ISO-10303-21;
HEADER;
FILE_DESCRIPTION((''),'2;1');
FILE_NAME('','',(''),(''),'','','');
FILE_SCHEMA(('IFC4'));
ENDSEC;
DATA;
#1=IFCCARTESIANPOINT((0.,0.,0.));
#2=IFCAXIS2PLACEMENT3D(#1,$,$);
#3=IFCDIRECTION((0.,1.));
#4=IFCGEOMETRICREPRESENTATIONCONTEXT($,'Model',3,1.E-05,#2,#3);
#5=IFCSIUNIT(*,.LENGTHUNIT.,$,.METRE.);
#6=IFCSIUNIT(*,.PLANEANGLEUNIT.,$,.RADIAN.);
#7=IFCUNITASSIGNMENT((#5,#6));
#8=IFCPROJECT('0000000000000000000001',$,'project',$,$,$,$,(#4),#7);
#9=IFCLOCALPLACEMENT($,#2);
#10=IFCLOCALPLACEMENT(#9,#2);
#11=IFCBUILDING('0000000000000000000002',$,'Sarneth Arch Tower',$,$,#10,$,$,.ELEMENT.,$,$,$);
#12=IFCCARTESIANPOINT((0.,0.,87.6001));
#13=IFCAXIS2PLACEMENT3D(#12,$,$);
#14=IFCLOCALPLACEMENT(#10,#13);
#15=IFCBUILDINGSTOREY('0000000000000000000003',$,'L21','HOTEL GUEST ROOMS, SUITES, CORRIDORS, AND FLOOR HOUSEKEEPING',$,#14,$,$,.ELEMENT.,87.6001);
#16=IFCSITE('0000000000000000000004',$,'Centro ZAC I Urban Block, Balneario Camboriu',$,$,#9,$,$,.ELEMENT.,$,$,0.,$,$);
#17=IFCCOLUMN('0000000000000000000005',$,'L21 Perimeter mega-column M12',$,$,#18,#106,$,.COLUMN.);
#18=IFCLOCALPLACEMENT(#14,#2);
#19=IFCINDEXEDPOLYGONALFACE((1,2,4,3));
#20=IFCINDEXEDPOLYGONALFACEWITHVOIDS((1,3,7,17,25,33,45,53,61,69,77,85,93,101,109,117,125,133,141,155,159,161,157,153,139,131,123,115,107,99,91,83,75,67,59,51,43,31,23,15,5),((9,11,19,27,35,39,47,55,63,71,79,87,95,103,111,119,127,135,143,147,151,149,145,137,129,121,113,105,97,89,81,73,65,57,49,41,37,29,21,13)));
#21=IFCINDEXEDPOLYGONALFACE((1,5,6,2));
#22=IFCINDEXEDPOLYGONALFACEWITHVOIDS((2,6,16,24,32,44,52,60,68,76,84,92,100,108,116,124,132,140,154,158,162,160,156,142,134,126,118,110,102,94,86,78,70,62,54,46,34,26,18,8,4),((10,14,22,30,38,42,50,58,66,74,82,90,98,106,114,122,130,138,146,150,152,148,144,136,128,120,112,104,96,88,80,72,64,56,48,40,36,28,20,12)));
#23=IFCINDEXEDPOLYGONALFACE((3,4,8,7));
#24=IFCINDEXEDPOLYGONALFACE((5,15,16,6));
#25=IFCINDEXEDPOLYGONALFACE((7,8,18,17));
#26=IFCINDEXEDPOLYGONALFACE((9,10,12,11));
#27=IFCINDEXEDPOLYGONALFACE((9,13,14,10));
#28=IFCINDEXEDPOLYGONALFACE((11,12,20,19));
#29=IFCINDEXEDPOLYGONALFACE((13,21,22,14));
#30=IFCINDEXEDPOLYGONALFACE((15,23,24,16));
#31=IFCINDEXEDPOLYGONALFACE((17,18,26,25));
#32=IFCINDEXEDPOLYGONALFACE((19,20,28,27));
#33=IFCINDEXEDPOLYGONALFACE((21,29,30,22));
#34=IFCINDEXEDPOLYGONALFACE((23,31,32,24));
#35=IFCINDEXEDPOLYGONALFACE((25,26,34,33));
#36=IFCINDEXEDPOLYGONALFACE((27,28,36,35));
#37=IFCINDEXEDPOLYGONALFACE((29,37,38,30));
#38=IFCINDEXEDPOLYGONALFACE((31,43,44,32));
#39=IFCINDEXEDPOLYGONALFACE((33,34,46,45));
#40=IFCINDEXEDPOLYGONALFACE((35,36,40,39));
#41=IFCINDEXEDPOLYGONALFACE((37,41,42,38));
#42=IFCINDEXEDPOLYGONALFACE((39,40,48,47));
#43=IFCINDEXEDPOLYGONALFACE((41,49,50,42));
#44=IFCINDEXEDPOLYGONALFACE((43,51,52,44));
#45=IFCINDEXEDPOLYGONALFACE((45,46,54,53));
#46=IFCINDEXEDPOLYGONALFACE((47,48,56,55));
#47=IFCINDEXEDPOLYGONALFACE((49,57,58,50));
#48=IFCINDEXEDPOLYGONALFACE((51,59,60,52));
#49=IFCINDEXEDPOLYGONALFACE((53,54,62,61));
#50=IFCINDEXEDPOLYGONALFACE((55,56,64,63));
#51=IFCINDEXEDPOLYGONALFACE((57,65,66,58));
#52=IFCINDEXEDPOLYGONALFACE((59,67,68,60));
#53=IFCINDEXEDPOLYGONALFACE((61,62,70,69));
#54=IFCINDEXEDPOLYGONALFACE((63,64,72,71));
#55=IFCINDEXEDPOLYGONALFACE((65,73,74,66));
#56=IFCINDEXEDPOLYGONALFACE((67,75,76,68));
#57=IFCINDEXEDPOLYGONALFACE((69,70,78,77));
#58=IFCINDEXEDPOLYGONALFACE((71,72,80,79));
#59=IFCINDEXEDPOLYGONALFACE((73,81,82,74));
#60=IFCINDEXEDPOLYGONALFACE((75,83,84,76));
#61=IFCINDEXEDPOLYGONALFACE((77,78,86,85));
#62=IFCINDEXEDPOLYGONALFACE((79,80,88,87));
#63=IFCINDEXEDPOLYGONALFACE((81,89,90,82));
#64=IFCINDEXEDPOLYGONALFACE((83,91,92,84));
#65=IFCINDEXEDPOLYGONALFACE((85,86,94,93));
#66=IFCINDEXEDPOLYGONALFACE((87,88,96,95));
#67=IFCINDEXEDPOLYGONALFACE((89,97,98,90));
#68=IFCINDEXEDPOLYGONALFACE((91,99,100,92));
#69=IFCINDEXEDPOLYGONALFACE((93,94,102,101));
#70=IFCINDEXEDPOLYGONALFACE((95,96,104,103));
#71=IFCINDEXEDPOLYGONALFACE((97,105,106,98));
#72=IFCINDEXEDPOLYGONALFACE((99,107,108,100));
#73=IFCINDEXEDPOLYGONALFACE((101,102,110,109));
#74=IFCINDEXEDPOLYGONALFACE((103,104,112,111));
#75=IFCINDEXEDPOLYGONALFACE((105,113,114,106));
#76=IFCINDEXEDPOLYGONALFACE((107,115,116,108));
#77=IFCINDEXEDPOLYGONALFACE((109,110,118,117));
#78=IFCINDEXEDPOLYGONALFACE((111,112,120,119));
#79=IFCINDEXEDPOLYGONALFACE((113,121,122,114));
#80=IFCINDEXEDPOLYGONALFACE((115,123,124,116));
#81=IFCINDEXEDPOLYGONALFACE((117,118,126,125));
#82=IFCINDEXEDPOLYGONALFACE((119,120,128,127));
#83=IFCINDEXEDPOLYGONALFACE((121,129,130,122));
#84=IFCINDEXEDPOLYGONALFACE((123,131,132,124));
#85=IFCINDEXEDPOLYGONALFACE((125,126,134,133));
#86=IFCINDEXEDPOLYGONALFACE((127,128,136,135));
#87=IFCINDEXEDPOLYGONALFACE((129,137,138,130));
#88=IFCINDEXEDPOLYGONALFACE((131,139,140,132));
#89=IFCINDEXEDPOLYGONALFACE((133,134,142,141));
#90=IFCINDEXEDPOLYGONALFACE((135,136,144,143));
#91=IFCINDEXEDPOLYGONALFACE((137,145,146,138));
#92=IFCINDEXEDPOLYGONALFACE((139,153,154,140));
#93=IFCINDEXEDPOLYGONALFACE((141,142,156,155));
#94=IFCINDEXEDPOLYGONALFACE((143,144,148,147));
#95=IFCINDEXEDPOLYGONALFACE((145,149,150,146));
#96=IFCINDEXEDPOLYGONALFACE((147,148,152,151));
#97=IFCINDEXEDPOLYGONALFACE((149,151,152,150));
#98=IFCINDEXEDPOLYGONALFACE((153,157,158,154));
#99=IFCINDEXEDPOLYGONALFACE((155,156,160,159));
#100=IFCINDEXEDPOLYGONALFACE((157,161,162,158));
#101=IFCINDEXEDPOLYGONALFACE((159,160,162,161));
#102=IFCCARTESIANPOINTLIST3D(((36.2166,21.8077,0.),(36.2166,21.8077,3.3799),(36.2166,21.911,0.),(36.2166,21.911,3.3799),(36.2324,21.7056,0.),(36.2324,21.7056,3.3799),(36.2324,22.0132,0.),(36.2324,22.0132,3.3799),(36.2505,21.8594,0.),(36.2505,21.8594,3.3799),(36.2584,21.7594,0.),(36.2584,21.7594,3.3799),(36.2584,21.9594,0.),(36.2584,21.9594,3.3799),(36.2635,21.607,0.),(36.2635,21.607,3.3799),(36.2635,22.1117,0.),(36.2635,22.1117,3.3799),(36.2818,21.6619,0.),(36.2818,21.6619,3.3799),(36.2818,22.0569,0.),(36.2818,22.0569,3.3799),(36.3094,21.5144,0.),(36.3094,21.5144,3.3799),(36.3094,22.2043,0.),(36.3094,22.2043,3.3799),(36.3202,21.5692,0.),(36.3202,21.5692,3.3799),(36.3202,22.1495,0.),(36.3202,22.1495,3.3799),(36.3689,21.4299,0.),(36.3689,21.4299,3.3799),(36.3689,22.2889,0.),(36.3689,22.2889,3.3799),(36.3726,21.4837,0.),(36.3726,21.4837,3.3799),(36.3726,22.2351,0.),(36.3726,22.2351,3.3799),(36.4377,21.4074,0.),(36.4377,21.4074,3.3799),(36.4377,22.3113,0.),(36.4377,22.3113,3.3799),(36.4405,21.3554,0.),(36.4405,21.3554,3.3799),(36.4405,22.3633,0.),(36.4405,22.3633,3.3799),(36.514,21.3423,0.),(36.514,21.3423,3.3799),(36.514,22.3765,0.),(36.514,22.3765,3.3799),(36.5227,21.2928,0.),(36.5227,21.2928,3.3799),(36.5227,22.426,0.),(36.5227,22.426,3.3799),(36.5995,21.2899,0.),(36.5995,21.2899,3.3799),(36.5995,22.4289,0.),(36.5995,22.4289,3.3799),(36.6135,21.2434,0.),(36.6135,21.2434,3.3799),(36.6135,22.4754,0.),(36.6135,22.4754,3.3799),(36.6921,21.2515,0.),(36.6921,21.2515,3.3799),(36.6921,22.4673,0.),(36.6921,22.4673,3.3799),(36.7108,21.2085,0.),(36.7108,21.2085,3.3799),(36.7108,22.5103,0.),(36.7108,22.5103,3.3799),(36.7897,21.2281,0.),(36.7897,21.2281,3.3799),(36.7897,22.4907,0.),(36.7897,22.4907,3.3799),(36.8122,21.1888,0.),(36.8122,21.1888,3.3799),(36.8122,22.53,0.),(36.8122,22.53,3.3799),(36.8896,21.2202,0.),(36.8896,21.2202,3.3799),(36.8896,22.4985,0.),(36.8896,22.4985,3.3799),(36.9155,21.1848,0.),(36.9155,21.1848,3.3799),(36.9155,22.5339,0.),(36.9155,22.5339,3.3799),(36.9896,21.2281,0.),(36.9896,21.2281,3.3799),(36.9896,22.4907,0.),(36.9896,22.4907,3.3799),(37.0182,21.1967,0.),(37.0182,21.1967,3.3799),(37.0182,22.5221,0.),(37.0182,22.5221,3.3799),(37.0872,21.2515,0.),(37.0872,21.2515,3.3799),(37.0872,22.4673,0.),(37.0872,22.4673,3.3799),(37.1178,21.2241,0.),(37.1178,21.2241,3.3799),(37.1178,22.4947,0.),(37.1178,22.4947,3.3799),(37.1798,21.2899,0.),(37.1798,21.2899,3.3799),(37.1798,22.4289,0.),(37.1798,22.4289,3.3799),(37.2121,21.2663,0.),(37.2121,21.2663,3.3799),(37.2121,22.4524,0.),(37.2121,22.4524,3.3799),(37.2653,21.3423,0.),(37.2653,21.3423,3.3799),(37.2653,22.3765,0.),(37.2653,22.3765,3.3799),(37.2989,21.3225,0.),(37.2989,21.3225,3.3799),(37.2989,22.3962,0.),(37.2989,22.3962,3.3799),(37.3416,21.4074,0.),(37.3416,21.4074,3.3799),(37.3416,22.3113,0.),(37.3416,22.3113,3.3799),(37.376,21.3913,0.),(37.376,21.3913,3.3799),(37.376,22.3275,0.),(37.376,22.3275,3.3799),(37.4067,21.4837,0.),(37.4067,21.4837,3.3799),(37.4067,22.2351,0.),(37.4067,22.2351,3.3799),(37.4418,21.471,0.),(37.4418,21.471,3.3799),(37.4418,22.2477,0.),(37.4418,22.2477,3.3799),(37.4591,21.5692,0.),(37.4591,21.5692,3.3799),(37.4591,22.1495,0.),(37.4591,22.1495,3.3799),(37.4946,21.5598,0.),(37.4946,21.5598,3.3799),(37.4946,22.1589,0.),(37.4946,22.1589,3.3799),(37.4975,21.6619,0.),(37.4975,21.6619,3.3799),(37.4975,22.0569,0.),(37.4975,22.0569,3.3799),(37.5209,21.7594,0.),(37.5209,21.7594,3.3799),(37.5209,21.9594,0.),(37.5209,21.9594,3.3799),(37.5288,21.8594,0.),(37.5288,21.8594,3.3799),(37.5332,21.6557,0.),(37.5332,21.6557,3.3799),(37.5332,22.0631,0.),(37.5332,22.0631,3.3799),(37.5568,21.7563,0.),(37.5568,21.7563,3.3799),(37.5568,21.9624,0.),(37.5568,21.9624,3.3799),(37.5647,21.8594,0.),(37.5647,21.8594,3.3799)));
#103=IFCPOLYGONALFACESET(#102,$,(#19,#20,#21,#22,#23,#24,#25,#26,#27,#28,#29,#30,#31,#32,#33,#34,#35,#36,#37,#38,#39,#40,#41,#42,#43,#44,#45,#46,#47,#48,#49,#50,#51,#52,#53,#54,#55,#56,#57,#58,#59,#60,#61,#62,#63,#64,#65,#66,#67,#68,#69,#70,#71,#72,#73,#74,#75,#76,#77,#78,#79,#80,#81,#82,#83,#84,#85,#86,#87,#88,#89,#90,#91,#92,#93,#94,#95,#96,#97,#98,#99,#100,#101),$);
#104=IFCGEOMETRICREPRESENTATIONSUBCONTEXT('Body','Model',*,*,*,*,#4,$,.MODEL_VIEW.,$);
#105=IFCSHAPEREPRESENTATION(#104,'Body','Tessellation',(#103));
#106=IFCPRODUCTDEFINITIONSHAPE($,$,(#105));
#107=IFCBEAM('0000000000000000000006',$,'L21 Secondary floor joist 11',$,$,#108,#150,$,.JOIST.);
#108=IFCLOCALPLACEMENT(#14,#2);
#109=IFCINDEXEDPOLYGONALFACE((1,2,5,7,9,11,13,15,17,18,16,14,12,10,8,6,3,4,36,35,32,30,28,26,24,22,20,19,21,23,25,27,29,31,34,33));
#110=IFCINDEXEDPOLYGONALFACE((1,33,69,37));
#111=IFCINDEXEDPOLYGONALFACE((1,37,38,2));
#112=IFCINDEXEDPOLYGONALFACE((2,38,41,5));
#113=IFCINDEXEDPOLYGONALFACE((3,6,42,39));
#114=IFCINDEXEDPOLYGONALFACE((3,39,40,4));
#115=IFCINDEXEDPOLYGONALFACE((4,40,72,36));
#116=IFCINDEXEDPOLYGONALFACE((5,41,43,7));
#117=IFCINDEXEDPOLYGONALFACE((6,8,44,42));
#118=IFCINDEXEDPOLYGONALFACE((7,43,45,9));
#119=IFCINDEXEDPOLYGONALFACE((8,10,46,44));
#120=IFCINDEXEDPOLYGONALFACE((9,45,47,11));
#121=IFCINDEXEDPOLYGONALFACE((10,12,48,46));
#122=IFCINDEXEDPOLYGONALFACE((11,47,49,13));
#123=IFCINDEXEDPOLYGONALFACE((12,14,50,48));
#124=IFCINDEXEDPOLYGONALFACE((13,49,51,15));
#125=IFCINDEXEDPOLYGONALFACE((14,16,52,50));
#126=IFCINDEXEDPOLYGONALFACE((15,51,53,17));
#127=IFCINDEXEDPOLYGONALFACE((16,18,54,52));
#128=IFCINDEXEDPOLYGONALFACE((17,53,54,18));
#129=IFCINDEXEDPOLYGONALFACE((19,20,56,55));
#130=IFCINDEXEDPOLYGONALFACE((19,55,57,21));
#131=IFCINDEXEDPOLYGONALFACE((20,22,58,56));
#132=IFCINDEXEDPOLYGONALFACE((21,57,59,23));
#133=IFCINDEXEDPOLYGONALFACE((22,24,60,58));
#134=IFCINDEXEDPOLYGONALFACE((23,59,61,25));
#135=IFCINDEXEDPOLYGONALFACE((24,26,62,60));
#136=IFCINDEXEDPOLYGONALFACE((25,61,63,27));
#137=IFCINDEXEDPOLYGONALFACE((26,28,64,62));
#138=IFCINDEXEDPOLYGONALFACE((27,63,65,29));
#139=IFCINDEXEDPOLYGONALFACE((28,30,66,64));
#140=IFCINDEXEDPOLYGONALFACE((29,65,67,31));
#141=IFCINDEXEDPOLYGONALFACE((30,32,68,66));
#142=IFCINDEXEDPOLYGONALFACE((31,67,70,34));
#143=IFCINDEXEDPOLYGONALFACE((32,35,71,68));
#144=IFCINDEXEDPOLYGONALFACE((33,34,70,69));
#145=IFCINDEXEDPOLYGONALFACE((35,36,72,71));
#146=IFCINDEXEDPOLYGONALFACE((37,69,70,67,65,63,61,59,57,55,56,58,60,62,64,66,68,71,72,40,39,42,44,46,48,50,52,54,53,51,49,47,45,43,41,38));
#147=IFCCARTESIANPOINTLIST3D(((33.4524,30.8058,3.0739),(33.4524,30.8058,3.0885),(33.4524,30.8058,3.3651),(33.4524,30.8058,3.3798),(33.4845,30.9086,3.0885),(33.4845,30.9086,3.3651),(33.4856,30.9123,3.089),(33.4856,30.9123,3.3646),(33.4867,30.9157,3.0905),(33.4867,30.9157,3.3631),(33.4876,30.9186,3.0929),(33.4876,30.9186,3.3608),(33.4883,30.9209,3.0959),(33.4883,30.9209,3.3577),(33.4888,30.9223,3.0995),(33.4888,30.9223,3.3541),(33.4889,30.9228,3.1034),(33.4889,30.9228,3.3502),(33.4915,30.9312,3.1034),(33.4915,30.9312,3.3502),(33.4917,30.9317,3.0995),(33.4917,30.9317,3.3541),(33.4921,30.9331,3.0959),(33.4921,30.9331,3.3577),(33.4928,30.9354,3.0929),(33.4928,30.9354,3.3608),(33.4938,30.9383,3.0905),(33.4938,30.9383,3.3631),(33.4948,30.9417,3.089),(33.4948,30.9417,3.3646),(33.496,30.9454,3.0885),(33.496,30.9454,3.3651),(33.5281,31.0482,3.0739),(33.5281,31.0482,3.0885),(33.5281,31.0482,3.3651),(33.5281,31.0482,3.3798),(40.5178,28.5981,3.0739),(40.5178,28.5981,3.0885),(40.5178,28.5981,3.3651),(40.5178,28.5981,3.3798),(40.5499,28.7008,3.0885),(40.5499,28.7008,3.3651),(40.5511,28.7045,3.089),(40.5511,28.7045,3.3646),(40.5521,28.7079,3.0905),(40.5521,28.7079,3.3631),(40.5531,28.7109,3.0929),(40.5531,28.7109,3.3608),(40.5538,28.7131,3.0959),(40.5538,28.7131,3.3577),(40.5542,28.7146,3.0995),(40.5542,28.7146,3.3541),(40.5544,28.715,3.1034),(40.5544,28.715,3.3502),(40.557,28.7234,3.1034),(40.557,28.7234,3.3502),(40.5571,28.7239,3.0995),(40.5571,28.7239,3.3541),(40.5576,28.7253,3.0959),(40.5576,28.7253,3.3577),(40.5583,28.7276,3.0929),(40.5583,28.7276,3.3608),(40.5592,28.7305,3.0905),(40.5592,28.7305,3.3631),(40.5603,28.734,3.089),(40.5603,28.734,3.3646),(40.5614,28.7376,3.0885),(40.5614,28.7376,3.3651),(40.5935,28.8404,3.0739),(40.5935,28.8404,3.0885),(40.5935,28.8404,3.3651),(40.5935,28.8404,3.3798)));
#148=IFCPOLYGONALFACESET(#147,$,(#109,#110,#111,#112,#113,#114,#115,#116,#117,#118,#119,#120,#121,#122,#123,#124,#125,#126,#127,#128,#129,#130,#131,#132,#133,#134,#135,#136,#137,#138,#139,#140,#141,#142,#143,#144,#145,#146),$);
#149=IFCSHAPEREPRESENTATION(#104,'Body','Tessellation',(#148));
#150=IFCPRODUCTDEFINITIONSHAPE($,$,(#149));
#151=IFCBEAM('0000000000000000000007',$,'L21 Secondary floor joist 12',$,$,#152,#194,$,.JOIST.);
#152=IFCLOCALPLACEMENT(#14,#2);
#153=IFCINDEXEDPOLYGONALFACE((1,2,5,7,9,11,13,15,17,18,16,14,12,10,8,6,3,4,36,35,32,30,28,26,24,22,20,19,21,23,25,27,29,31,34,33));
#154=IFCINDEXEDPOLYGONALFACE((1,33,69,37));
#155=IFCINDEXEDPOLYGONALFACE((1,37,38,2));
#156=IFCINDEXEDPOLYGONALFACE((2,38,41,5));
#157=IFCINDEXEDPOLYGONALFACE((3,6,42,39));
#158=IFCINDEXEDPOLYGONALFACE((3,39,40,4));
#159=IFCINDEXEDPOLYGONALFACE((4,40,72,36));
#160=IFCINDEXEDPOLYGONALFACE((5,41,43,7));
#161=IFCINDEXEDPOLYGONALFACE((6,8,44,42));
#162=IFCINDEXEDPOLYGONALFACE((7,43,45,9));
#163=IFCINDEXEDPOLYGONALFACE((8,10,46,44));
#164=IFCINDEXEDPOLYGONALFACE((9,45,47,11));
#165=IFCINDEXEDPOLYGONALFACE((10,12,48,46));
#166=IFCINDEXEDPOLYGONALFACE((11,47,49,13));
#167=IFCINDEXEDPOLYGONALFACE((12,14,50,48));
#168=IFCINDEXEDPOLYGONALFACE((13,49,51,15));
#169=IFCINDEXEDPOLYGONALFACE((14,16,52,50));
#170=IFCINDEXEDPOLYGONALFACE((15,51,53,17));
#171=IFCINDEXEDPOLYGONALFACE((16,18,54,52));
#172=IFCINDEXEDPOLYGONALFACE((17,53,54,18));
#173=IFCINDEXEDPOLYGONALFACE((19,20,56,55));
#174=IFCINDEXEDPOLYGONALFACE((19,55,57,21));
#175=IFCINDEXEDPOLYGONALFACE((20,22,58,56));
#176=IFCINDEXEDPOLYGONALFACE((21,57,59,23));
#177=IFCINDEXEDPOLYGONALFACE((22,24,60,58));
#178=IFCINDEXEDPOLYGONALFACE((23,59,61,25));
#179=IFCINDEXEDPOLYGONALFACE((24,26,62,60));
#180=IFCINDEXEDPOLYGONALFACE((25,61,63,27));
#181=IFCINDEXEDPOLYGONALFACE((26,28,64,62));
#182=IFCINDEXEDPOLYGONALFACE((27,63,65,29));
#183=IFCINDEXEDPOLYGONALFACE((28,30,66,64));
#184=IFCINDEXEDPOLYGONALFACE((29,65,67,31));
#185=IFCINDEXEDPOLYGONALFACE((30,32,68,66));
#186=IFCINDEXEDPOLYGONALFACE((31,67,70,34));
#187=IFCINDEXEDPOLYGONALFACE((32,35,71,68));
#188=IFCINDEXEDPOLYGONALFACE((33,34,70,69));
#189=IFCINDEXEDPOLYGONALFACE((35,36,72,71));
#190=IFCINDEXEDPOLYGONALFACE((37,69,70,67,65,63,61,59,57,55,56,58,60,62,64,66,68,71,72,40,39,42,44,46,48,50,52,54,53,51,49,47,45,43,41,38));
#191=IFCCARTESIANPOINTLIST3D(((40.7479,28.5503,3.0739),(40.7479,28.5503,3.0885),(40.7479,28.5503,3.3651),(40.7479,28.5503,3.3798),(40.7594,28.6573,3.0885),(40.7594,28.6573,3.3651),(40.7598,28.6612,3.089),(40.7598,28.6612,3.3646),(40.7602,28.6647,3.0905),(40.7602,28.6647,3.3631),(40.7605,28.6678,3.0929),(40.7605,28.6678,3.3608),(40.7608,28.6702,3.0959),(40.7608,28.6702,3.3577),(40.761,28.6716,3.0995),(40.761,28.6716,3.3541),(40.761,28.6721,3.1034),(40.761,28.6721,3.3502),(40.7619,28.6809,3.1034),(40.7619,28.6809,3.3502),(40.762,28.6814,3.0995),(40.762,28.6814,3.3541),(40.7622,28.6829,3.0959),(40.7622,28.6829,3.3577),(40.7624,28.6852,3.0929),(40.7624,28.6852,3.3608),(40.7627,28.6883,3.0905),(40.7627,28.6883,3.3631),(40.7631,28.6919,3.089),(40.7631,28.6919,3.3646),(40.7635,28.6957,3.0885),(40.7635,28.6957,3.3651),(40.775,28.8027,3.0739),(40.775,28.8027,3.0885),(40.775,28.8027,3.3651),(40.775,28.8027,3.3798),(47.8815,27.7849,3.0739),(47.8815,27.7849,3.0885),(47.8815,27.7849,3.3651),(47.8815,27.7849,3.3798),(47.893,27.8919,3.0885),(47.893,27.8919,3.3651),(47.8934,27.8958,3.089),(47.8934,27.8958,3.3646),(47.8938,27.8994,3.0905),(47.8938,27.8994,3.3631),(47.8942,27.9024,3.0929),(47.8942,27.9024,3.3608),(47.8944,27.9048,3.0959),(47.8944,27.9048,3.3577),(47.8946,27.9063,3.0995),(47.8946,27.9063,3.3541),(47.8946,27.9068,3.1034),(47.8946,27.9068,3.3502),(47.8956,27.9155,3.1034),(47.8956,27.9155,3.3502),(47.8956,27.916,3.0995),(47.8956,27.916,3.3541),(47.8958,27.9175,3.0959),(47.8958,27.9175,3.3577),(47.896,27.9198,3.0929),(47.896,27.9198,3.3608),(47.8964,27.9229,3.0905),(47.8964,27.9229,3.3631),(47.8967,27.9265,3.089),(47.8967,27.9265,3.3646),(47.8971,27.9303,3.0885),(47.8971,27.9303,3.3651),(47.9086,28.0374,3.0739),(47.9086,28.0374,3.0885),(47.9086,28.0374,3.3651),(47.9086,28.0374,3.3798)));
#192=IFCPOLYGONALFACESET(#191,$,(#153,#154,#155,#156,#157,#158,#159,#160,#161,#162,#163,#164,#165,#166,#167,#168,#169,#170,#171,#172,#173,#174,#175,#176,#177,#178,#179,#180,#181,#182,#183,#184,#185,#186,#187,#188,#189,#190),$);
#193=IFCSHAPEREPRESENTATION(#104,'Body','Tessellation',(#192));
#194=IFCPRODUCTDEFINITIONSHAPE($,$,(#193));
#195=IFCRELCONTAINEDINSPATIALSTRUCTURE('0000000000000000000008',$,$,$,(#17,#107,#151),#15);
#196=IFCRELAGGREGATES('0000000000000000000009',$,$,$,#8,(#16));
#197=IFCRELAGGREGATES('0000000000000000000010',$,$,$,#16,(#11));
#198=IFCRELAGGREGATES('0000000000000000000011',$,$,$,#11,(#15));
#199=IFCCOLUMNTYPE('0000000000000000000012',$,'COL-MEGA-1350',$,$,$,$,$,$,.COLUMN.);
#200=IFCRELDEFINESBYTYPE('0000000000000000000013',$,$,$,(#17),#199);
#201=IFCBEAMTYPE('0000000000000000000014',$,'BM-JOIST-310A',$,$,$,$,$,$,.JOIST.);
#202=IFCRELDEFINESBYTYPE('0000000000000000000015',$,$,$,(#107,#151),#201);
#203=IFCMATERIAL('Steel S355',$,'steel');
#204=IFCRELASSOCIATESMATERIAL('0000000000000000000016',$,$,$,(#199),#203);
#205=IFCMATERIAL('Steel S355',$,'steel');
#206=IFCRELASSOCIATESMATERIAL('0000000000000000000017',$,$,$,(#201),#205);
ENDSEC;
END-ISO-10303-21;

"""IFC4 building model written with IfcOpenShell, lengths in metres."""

from ifc_helpers import new_model, si_unit, direction, frame, origin, origin_2d, place, context, subcontext, project, spatial, hollow_circle, i_section, extrude, material, material_profile, profile_set, type_object, element, save


model = new_model("IFC4")

# Units and contexts
model_context = context("Model", 3, precision=1e-05, world=origin(), true_north=direction((0.0, 1.0)))
body_context = subcontext(model_context, "Body", "Model", "MODEL_VIEW")
ifc_project = project(units=[si_unit("LENGTHUNIT", "METRE"), si_unit("PLANEANGLEUNIT", "RADIAN")], contexts=[model_context])

# Site, building, storey
site_placement = place(None, origin())
site = spatial("IfcSite", under=ifc_project, at=site_placement, Name="Centro ZAC I Urban Block, Balneario Camboriu", CompositionType="ELEMENT", RefElevation=0.0)
building_placement = place(site_placement, origin())
building = spatial("IfcBuilding", under=site, at=building_placement, Name="Sarneth Arch Tower", CompositionType="ELEMENT")
storey_placement = place(building_placement, frame((0.0, 0.0, 87.6001)))
storey = spatial("IfcBuildingStorey", under=building, at=storey_placement, Name="L21", Description="HOTEL GUEST ROOMS, SUITES, CORRIDORS, AND FLOOR HOUSEKEEPING", CompositionType="ELEMENT", Elevation=87.6001)

# Column
ifc_material_1 = material(Name="Steel S355", Category="steel")
ifc_material_profile_1 = material_profile(ifc_material_1, hollow_circle(Radius=0.675, WallThickness=0.0359, at=origin_2d()), Name="CHS1350x36")
ifc_profile_set_1 = profile_set([ifc_material_profile_1], Name="Steel S355")
column_type = type_object("IfcColumnType", Name="COL-MEGA-1350", PredefinedType="COLUMN", material=ifc_profile_set_1)
column_placement = place(storey_placement, frame((36.8896, 21.8594, 0.0), z_axis=(0.0, 0.0, 1.0), x_axis=(1.0, 0.0, 0.0)))
element("IfcColumn", 1, at=column_placement, inside=storey, type_object=column_type, Name="L21 Perimeter mega-column M12", PredefinedType="COLUMN", context=body_context, shape_type="SweptSolid", body=[
    extrude(hollow_circle(Radius=0.675, WallThickness=0.0359, at=origin_2d()), origin(), (0.0, 0.0, 1.0), 3.3799),
])

# Beams
ifc_material_2 = material(Name="Steel S355", Category="steel")
ifc_material_profile_2 = material_profile(ifc_material_2, i_section(OverallWidth=0.2539, OverallDepth=0.3059, WebThickness=0.0088, FlangeThickness=0.0146, FilletRadius=0.0149, at=origin_2d()), Name="W310x79")
ifc_profile_set_2 = profile_set([ifc_material_profile_2], Name="Steel S355")
beam_type_1 = type_object("IfcBeamType", Name="BM-JOIST-310A", PredefinedType="JOIST", material=ifc_profile_set_2)
beam_1_placement = place(storey_placement, frame((33.4902, 30.927, 3.2268), z_axis=(0.954487, -0.298252, 0.0), x_axis=(0.298252, 0.954487, 0.0)))
element("IfcBeam", 2, at=beam_1_placement, inside=storey, type_object=beam_type_1, Name="L21 Secondary floor joist 11", PredefinedType="JOIST", context=body_context, shape_type="SweptSolid", body=[
    extrude(i_section(OverallWidth=0.2539, OverallDepth=0.3059, WebThickness=0.0088, FlangeThickness=0.0146, FilletRadius=0.0149, at=origin_2d()), origin(), (0.0, 0.0, 1.0), 7.4023),
])
beam_2_placement = place(storey_placement, frame((40.7615, 28.6765, 3.2268), z_axis=(0.994293, -0.106681, 0.0), x_axis=(0.106681, 0.994293, 0.0)))
element("IfcBeam", 3, at=beam_2_placement, inside=storey, type_object=beam_type_1, Name="L21 Secondary floor joist 12", PredefinedType="JOIST", context=body_context, shape_type="SweptSolid", body=[
    extrude(i_section(OverallWidth=0.2539, OverallDepth=0.3059, WebThickness=0.0088, FlangeThickness=0.0146, FilletRadius=0.0149, at=origin_2d()), origin(), (0.0, 0.0, 1.0), 7.1746),
])

save(model, "model.ifc")
